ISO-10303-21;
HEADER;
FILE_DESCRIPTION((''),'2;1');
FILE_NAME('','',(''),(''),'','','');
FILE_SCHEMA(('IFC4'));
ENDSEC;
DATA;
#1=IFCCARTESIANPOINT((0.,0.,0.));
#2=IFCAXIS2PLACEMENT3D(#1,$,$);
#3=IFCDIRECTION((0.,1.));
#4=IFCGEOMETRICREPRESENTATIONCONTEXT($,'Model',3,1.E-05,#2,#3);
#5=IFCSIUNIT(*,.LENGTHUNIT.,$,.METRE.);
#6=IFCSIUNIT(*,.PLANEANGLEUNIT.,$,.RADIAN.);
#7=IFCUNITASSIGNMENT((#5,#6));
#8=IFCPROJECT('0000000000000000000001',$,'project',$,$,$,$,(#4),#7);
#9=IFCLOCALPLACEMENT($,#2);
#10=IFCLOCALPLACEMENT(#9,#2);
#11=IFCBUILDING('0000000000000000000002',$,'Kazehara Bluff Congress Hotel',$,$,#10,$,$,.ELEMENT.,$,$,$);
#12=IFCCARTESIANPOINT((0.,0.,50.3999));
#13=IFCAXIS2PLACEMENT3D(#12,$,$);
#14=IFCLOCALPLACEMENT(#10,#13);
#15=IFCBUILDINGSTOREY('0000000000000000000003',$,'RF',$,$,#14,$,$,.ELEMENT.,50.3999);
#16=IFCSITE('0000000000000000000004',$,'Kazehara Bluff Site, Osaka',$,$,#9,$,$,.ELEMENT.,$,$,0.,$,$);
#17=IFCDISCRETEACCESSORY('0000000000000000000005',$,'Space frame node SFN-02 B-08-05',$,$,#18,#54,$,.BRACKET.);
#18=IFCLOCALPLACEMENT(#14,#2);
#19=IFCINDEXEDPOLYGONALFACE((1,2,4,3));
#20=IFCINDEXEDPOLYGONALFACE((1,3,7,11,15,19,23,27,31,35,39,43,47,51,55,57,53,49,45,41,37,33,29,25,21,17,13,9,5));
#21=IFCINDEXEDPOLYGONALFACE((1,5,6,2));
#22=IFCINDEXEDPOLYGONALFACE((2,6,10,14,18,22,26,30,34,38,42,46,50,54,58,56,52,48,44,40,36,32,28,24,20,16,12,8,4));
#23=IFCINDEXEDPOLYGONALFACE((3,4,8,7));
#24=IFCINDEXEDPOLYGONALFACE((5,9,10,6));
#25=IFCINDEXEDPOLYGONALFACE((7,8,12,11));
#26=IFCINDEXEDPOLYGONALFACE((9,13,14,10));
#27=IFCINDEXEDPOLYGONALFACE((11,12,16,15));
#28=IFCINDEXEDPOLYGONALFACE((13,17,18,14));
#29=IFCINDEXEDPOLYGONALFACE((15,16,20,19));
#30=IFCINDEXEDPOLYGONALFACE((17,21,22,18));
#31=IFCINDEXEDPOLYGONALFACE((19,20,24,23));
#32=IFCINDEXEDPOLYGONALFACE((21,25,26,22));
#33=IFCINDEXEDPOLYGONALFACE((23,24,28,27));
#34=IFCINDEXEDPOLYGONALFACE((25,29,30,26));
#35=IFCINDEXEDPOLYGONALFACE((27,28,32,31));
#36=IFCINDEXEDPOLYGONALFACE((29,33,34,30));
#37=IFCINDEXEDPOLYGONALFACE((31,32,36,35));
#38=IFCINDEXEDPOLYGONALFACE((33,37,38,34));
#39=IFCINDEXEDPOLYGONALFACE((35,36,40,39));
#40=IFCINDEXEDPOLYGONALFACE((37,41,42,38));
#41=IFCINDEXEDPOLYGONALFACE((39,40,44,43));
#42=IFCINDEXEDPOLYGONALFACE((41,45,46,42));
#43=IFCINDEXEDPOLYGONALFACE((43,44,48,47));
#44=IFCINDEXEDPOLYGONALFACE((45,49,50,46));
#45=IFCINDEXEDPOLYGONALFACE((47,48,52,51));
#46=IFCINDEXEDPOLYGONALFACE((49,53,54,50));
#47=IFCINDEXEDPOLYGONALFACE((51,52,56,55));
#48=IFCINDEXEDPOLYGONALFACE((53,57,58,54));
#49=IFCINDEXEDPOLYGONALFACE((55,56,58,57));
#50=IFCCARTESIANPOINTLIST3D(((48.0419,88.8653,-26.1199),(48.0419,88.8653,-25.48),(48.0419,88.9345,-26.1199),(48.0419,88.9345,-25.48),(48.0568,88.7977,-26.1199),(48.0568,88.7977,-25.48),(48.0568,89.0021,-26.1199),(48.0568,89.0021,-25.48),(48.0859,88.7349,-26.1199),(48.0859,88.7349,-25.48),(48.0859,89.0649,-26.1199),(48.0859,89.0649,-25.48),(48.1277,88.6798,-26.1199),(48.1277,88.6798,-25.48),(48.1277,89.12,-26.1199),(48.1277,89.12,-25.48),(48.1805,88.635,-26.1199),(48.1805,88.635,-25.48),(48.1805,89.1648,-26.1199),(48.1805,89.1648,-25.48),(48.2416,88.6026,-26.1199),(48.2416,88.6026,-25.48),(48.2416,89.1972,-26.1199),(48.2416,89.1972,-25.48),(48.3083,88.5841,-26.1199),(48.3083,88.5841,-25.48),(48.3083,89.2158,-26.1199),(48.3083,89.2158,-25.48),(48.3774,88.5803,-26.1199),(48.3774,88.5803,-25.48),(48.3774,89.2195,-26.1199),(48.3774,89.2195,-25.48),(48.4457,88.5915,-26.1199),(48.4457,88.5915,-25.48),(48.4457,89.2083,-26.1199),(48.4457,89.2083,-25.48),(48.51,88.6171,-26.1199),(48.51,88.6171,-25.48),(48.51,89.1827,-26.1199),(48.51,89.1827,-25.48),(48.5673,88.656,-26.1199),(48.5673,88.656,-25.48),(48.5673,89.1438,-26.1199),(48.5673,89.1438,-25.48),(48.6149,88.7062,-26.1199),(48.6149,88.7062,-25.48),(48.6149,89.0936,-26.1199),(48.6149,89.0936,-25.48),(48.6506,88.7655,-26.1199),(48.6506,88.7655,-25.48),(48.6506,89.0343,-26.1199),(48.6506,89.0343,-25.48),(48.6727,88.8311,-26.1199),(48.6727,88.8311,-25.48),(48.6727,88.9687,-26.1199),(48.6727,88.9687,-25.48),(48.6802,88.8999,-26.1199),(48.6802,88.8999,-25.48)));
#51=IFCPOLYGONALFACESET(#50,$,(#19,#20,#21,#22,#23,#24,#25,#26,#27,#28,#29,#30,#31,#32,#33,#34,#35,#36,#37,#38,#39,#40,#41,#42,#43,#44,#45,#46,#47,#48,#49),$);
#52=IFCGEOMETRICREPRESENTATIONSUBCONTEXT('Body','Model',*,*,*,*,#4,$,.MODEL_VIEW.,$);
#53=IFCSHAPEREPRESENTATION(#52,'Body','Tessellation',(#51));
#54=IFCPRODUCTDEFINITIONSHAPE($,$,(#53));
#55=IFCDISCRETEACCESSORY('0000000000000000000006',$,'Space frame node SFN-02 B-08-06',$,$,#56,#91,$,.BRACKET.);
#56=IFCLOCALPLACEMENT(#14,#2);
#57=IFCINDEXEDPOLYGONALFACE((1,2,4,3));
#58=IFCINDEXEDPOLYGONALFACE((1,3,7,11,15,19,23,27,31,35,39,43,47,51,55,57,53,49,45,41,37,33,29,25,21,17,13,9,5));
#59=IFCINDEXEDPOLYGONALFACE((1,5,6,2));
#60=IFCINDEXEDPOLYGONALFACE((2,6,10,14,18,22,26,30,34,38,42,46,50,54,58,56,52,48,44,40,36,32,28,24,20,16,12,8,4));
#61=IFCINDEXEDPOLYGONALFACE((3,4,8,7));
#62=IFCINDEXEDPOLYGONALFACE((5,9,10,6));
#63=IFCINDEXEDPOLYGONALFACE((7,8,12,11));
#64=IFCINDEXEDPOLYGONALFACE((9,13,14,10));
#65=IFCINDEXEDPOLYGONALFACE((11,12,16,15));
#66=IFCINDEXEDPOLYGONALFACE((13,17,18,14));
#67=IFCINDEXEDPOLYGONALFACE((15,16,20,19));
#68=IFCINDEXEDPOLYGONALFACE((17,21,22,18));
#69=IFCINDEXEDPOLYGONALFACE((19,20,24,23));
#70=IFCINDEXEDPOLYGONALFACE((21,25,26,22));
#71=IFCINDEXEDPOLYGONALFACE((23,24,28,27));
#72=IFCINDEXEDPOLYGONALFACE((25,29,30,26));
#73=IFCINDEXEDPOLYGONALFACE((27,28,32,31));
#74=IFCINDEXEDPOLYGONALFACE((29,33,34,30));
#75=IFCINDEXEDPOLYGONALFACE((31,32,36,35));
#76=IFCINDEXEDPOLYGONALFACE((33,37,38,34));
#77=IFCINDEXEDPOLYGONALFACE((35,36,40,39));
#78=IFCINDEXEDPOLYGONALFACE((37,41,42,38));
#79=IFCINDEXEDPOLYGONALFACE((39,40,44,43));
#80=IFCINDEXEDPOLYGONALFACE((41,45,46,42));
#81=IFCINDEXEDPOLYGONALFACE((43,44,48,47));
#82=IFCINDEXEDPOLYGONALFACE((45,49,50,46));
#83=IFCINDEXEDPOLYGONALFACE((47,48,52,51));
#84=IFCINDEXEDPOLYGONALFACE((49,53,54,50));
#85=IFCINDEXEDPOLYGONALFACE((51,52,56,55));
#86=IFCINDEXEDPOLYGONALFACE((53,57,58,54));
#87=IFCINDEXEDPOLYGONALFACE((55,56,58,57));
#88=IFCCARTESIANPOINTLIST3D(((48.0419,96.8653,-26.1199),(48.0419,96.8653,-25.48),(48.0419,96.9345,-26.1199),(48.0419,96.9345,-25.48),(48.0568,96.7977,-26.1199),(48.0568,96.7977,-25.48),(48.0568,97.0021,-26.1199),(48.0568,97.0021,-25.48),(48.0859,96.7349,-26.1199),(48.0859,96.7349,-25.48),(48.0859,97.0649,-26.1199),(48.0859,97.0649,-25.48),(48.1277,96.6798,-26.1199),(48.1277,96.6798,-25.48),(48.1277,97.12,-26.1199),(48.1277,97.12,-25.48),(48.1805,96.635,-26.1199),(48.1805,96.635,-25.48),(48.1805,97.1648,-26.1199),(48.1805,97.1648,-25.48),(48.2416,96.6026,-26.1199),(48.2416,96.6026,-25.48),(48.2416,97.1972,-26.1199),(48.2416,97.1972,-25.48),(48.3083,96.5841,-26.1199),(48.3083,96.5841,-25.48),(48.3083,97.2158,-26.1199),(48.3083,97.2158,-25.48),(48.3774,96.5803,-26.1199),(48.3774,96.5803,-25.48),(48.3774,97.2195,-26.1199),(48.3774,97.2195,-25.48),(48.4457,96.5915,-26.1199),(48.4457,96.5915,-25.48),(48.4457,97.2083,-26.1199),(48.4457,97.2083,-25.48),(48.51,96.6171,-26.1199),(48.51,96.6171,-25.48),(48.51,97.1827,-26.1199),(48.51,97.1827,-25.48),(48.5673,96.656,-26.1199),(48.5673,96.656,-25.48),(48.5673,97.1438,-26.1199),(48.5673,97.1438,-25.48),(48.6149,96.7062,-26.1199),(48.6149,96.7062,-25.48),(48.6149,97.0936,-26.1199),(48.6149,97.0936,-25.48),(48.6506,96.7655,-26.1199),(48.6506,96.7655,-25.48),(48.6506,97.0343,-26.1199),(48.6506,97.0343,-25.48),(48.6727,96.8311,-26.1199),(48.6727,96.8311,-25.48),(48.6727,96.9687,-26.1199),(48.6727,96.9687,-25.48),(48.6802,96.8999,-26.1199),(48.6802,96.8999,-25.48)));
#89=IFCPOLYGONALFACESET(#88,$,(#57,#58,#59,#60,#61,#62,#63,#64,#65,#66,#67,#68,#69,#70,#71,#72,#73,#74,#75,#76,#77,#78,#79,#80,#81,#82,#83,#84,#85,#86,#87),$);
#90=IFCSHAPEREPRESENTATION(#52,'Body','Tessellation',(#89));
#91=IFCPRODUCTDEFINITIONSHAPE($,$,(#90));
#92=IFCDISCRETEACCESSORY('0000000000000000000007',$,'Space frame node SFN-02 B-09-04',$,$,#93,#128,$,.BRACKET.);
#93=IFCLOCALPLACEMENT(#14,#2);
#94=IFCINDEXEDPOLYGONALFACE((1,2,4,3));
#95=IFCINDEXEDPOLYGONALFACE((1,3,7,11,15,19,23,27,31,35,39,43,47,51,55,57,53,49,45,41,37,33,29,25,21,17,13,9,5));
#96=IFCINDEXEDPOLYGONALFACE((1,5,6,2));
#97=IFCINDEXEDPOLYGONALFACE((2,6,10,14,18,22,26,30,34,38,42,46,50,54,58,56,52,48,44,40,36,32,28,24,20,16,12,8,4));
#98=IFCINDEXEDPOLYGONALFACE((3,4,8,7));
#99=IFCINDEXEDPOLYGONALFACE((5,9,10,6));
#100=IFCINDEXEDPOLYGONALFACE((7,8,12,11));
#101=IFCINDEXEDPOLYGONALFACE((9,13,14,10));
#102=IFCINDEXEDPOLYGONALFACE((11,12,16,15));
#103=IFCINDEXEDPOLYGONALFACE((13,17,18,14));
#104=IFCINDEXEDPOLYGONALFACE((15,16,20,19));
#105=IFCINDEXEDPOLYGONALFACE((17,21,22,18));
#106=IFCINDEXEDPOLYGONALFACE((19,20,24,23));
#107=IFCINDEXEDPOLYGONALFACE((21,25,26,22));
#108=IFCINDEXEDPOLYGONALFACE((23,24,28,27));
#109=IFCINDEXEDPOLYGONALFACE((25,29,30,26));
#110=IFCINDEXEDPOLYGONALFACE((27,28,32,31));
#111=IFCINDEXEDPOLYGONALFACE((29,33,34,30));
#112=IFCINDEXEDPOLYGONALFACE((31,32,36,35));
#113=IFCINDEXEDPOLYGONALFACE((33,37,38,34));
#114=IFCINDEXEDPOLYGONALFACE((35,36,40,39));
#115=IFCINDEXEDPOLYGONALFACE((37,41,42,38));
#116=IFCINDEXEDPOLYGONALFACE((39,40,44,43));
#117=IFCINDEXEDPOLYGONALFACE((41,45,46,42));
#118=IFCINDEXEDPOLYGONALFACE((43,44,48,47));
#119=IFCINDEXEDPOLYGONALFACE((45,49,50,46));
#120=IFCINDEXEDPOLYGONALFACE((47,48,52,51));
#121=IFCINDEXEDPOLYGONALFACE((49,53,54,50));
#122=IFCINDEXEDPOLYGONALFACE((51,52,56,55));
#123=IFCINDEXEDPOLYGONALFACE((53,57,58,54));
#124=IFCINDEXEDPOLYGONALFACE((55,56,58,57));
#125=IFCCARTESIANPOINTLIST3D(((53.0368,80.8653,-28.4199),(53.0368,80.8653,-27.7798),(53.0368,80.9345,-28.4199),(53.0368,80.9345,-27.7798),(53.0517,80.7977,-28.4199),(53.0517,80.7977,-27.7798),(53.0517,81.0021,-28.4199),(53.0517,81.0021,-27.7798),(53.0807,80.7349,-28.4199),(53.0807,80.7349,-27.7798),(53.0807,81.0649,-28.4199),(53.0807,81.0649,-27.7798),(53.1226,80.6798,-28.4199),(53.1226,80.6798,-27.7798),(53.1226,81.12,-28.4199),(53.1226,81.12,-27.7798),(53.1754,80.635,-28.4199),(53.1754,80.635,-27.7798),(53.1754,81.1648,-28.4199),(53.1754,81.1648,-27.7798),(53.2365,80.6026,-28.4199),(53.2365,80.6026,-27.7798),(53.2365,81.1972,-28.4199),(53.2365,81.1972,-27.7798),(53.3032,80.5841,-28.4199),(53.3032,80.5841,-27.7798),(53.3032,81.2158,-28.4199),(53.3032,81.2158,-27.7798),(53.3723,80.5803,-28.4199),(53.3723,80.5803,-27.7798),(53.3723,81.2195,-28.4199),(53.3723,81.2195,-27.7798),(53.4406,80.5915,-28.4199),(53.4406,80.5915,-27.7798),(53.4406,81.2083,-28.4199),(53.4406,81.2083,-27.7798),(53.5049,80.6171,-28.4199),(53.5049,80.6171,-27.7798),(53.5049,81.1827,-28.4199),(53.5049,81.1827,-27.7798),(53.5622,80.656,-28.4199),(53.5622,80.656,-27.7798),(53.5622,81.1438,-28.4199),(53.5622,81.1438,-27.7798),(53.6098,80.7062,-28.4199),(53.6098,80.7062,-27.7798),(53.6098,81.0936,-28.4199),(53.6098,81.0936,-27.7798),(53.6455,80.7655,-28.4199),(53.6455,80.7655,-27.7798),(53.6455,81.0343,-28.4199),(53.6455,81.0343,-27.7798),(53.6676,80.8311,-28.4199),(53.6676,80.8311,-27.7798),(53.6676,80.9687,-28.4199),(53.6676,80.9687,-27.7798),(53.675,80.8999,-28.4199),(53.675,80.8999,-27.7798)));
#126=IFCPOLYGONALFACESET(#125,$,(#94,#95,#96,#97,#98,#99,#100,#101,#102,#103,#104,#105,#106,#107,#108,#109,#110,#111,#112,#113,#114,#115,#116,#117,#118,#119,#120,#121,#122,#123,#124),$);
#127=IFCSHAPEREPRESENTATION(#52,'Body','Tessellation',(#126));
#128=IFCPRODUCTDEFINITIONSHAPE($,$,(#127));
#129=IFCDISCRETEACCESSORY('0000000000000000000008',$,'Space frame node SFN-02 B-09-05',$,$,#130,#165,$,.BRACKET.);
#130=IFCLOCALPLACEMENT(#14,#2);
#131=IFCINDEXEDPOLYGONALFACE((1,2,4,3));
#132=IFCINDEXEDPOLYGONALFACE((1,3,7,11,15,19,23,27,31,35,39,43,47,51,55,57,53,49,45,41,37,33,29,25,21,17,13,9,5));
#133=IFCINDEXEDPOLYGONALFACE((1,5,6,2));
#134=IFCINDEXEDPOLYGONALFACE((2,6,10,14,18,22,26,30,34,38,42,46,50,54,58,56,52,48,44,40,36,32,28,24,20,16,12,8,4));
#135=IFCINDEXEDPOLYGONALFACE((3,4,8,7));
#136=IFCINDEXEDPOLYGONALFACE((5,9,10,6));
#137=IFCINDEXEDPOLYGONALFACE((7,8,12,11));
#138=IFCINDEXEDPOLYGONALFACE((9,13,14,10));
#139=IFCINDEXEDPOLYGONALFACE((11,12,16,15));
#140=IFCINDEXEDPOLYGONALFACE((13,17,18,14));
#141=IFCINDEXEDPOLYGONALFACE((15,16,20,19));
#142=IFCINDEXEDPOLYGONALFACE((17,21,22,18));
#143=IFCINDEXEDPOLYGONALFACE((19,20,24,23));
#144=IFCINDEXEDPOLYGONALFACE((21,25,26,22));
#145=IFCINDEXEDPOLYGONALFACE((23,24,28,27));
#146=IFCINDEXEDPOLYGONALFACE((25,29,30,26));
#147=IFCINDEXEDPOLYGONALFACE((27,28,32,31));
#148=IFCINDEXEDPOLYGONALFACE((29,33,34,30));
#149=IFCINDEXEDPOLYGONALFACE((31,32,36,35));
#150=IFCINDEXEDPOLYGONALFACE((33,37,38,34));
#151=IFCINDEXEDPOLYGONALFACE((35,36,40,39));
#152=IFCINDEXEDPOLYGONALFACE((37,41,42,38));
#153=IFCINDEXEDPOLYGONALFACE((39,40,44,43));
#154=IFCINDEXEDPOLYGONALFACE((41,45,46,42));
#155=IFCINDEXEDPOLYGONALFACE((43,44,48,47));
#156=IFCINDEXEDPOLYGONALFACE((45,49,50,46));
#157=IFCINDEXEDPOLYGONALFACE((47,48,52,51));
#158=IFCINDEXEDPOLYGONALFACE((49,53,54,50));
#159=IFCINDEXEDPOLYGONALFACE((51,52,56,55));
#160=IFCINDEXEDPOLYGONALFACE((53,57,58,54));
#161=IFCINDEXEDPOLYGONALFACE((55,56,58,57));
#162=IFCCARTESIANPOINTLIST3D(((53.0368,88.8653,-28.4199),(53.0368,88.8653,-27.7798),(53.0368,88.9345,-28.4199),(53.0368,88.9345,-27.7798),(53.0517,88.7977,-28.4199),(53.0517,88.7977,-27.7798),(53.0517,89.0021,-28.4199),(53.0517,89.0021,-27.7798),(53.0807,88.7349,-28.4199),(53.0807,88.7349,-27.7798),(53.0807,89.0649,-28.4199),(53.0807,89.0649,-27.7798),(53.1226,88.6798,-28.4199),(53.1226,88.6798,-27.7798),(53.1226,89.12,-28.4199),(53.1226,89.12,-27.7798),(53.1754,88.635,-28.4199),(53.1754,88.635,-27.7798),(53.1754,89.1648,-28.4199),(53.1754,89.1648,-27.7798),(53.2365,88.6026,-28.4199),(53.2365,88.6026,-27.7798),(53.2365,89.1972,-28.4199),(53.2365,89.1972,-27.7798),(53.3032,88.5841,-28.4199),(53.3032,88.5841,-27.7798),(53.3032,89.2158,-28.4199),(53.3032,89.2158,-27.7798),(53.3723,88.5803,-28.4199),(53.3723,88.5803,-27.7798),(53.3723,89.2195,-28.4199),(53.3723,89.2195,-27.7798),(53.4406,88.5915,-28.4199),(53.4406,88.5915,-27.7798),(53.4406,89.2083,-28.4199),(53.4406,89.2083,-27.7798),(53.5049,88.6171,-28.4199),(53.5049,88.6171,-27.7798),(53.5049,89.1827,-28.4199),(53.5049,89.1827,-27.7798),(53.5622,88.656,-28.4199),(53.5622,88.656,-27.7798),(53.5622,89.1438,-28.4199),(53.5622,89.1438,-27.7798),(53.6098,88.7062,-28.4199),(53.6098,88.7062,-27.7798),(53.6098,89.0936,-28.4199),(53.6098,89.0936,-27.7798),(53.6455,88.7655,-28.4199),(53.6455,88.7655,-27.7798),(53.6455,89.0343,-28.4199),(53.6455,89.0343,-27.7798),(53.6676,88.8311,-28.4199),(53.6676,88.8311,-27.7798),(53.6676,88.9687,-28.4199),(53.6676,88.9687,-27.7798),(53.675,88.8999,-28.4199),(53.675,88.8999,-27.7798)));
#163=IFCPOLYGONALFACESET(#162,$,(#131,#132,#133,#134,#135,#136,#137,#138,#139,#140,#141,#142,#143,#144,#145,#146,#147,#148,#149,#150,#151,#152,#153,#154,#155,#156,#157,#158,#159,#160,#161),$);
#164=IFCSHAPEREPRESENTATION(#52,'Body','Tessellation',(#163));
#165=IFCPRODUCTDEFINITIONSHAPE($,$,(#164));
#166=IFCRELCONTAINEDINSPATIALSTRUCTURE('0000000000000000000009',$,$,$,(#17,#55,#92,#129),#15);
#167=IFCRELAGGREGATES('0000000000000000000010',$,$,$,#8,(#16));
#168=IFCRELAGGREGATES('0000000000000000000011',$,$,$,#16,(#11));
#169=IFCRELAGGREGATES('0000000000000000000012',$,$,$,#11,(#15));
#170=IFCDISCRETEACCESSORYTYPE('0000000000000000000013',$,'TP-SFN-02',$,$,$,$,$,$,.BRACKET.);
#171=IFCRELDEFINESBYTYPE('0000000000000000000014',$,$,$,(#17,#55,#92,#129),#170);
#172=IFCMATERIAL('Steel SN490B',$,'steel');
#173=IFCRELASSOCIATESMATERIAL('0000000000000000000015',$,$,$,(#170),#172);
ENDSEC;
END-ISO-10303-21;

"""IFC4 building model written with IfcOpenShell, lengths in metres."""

from ifc_helpers import new_model, si_unit, direction, frame, origin, origin_2d, place, context, subcontext, project, spatial, circle, extrude, material, material_profile, profile_set, type_object, element, save


model = new_model("IFC4")

# Units and contexts
model_context = context("Model", 3, precision=1e-05, world=origin(), true_north=direction((0.0, 1.0)))
body_context = subcontext(model_context, "Body", "Model", "MODEL_VIEW")
ifc_project = project(units=[si_unit("LENGTHUNIT", "METRE"), si_unit("PLANEANGLEUNIT", "RADIAN")], contexts=[model_context])

# Site, building, storey
site_placement = place(None, origin())
site = spatial("IfcSite", under=ifc_project, at=site_placement, Name="Kazehara Bluff Site, Osaka", CompositionType="ELEMENT", RefElevation=0.0)
building_placement = place(site_placement, origin())
building = spatial("IfcBuilding", under=site, at=building_placement, Name="Kazehara Bluff Congress Hotel", CompositionType="ELEMENT")
storey_placement = place(building_placement, frame((0.0, 0.0, 50.3999)))
storey = spatial("IfcBuildingStorey", under=building, at=storey_placement, Name="RF", CompositionType="ELEMENT", Elevation=50.3999)

# Discrete accessories
ifc_material_1 = material(Name="Steel SN490B", Category="steel")
ifc_material_profile_1 = material_profile(ifc_material_1, circle(Radius=0.3201, at=origin_2d()))
ifc_profile_set_1 = profile_set([ifc_material_profile_1], Name="Steel SN490B")
discrete_accessory_type_1 = type_object("IfcDiscreteAccessoryType", Name="TP-SFN-02", PredefinedType="BRACKET", material=ifc_profile_set_1)
for number, where, z_axis, x_axis, name in (
    (1, (48.3601, 88.8999, -26.1199), (0.0, 0.0, 1.0), (1.0, 0.0, 0.0), "Space frame node SFN-02 B-08-05"),
    (2, (48.3601, 96.8999, -26.1199), (0.0, 0.0, 1.0), (1.0, 0.0, 0.0), "Space frame node SFN-02 B-08-06"),
):
    element("IfcDiscreteAccessory", number, at=place(storey_placement, frame(where, z_axis=z_axis, x_axis=x_axis)), inside=storey, type_object=discrete_accessory_type_1, Name=name, PredefinedType="BRACKET", context=body_context, shape_type="SweptSolid", body=[
        extrude(circle(Radius=0.3201, at=origin_2d()), origin(), (0.0, 0.0, 1.0), 0.6399),
    ])
for number, where, z_axis, x_axis, name in (
    (3, (53.355, 80.8999, -28.4199), (0.0, 0.0, 1.0), (1.0, 0.0, 0.0), "Space frame node SFN-02 B-09-04"),
    (4, (53.355, 88.8999, -28.4199), (0.0, 0.0, 1.0), (1.0, 0.0, 0.0), "Space frame node SFN-02 B-09-05"),
):
    element("IfcDiscreteAccessory", number, at=place(storey_placement, frame(where, z_axis=z_axis, x_axis=x_axis)), inside=storey, type_object=discrete_accessory_type_1, Name=name, PredefinedType="BRACKET", context=body_context, shape_type="SweptSolid", body=[
        extrude(circle(Radius=0.3201, at=origin_2d()), origin(), (0.0, 0.0, 1.0), 0.6401),
    ])

save(model, "model.ifc")
